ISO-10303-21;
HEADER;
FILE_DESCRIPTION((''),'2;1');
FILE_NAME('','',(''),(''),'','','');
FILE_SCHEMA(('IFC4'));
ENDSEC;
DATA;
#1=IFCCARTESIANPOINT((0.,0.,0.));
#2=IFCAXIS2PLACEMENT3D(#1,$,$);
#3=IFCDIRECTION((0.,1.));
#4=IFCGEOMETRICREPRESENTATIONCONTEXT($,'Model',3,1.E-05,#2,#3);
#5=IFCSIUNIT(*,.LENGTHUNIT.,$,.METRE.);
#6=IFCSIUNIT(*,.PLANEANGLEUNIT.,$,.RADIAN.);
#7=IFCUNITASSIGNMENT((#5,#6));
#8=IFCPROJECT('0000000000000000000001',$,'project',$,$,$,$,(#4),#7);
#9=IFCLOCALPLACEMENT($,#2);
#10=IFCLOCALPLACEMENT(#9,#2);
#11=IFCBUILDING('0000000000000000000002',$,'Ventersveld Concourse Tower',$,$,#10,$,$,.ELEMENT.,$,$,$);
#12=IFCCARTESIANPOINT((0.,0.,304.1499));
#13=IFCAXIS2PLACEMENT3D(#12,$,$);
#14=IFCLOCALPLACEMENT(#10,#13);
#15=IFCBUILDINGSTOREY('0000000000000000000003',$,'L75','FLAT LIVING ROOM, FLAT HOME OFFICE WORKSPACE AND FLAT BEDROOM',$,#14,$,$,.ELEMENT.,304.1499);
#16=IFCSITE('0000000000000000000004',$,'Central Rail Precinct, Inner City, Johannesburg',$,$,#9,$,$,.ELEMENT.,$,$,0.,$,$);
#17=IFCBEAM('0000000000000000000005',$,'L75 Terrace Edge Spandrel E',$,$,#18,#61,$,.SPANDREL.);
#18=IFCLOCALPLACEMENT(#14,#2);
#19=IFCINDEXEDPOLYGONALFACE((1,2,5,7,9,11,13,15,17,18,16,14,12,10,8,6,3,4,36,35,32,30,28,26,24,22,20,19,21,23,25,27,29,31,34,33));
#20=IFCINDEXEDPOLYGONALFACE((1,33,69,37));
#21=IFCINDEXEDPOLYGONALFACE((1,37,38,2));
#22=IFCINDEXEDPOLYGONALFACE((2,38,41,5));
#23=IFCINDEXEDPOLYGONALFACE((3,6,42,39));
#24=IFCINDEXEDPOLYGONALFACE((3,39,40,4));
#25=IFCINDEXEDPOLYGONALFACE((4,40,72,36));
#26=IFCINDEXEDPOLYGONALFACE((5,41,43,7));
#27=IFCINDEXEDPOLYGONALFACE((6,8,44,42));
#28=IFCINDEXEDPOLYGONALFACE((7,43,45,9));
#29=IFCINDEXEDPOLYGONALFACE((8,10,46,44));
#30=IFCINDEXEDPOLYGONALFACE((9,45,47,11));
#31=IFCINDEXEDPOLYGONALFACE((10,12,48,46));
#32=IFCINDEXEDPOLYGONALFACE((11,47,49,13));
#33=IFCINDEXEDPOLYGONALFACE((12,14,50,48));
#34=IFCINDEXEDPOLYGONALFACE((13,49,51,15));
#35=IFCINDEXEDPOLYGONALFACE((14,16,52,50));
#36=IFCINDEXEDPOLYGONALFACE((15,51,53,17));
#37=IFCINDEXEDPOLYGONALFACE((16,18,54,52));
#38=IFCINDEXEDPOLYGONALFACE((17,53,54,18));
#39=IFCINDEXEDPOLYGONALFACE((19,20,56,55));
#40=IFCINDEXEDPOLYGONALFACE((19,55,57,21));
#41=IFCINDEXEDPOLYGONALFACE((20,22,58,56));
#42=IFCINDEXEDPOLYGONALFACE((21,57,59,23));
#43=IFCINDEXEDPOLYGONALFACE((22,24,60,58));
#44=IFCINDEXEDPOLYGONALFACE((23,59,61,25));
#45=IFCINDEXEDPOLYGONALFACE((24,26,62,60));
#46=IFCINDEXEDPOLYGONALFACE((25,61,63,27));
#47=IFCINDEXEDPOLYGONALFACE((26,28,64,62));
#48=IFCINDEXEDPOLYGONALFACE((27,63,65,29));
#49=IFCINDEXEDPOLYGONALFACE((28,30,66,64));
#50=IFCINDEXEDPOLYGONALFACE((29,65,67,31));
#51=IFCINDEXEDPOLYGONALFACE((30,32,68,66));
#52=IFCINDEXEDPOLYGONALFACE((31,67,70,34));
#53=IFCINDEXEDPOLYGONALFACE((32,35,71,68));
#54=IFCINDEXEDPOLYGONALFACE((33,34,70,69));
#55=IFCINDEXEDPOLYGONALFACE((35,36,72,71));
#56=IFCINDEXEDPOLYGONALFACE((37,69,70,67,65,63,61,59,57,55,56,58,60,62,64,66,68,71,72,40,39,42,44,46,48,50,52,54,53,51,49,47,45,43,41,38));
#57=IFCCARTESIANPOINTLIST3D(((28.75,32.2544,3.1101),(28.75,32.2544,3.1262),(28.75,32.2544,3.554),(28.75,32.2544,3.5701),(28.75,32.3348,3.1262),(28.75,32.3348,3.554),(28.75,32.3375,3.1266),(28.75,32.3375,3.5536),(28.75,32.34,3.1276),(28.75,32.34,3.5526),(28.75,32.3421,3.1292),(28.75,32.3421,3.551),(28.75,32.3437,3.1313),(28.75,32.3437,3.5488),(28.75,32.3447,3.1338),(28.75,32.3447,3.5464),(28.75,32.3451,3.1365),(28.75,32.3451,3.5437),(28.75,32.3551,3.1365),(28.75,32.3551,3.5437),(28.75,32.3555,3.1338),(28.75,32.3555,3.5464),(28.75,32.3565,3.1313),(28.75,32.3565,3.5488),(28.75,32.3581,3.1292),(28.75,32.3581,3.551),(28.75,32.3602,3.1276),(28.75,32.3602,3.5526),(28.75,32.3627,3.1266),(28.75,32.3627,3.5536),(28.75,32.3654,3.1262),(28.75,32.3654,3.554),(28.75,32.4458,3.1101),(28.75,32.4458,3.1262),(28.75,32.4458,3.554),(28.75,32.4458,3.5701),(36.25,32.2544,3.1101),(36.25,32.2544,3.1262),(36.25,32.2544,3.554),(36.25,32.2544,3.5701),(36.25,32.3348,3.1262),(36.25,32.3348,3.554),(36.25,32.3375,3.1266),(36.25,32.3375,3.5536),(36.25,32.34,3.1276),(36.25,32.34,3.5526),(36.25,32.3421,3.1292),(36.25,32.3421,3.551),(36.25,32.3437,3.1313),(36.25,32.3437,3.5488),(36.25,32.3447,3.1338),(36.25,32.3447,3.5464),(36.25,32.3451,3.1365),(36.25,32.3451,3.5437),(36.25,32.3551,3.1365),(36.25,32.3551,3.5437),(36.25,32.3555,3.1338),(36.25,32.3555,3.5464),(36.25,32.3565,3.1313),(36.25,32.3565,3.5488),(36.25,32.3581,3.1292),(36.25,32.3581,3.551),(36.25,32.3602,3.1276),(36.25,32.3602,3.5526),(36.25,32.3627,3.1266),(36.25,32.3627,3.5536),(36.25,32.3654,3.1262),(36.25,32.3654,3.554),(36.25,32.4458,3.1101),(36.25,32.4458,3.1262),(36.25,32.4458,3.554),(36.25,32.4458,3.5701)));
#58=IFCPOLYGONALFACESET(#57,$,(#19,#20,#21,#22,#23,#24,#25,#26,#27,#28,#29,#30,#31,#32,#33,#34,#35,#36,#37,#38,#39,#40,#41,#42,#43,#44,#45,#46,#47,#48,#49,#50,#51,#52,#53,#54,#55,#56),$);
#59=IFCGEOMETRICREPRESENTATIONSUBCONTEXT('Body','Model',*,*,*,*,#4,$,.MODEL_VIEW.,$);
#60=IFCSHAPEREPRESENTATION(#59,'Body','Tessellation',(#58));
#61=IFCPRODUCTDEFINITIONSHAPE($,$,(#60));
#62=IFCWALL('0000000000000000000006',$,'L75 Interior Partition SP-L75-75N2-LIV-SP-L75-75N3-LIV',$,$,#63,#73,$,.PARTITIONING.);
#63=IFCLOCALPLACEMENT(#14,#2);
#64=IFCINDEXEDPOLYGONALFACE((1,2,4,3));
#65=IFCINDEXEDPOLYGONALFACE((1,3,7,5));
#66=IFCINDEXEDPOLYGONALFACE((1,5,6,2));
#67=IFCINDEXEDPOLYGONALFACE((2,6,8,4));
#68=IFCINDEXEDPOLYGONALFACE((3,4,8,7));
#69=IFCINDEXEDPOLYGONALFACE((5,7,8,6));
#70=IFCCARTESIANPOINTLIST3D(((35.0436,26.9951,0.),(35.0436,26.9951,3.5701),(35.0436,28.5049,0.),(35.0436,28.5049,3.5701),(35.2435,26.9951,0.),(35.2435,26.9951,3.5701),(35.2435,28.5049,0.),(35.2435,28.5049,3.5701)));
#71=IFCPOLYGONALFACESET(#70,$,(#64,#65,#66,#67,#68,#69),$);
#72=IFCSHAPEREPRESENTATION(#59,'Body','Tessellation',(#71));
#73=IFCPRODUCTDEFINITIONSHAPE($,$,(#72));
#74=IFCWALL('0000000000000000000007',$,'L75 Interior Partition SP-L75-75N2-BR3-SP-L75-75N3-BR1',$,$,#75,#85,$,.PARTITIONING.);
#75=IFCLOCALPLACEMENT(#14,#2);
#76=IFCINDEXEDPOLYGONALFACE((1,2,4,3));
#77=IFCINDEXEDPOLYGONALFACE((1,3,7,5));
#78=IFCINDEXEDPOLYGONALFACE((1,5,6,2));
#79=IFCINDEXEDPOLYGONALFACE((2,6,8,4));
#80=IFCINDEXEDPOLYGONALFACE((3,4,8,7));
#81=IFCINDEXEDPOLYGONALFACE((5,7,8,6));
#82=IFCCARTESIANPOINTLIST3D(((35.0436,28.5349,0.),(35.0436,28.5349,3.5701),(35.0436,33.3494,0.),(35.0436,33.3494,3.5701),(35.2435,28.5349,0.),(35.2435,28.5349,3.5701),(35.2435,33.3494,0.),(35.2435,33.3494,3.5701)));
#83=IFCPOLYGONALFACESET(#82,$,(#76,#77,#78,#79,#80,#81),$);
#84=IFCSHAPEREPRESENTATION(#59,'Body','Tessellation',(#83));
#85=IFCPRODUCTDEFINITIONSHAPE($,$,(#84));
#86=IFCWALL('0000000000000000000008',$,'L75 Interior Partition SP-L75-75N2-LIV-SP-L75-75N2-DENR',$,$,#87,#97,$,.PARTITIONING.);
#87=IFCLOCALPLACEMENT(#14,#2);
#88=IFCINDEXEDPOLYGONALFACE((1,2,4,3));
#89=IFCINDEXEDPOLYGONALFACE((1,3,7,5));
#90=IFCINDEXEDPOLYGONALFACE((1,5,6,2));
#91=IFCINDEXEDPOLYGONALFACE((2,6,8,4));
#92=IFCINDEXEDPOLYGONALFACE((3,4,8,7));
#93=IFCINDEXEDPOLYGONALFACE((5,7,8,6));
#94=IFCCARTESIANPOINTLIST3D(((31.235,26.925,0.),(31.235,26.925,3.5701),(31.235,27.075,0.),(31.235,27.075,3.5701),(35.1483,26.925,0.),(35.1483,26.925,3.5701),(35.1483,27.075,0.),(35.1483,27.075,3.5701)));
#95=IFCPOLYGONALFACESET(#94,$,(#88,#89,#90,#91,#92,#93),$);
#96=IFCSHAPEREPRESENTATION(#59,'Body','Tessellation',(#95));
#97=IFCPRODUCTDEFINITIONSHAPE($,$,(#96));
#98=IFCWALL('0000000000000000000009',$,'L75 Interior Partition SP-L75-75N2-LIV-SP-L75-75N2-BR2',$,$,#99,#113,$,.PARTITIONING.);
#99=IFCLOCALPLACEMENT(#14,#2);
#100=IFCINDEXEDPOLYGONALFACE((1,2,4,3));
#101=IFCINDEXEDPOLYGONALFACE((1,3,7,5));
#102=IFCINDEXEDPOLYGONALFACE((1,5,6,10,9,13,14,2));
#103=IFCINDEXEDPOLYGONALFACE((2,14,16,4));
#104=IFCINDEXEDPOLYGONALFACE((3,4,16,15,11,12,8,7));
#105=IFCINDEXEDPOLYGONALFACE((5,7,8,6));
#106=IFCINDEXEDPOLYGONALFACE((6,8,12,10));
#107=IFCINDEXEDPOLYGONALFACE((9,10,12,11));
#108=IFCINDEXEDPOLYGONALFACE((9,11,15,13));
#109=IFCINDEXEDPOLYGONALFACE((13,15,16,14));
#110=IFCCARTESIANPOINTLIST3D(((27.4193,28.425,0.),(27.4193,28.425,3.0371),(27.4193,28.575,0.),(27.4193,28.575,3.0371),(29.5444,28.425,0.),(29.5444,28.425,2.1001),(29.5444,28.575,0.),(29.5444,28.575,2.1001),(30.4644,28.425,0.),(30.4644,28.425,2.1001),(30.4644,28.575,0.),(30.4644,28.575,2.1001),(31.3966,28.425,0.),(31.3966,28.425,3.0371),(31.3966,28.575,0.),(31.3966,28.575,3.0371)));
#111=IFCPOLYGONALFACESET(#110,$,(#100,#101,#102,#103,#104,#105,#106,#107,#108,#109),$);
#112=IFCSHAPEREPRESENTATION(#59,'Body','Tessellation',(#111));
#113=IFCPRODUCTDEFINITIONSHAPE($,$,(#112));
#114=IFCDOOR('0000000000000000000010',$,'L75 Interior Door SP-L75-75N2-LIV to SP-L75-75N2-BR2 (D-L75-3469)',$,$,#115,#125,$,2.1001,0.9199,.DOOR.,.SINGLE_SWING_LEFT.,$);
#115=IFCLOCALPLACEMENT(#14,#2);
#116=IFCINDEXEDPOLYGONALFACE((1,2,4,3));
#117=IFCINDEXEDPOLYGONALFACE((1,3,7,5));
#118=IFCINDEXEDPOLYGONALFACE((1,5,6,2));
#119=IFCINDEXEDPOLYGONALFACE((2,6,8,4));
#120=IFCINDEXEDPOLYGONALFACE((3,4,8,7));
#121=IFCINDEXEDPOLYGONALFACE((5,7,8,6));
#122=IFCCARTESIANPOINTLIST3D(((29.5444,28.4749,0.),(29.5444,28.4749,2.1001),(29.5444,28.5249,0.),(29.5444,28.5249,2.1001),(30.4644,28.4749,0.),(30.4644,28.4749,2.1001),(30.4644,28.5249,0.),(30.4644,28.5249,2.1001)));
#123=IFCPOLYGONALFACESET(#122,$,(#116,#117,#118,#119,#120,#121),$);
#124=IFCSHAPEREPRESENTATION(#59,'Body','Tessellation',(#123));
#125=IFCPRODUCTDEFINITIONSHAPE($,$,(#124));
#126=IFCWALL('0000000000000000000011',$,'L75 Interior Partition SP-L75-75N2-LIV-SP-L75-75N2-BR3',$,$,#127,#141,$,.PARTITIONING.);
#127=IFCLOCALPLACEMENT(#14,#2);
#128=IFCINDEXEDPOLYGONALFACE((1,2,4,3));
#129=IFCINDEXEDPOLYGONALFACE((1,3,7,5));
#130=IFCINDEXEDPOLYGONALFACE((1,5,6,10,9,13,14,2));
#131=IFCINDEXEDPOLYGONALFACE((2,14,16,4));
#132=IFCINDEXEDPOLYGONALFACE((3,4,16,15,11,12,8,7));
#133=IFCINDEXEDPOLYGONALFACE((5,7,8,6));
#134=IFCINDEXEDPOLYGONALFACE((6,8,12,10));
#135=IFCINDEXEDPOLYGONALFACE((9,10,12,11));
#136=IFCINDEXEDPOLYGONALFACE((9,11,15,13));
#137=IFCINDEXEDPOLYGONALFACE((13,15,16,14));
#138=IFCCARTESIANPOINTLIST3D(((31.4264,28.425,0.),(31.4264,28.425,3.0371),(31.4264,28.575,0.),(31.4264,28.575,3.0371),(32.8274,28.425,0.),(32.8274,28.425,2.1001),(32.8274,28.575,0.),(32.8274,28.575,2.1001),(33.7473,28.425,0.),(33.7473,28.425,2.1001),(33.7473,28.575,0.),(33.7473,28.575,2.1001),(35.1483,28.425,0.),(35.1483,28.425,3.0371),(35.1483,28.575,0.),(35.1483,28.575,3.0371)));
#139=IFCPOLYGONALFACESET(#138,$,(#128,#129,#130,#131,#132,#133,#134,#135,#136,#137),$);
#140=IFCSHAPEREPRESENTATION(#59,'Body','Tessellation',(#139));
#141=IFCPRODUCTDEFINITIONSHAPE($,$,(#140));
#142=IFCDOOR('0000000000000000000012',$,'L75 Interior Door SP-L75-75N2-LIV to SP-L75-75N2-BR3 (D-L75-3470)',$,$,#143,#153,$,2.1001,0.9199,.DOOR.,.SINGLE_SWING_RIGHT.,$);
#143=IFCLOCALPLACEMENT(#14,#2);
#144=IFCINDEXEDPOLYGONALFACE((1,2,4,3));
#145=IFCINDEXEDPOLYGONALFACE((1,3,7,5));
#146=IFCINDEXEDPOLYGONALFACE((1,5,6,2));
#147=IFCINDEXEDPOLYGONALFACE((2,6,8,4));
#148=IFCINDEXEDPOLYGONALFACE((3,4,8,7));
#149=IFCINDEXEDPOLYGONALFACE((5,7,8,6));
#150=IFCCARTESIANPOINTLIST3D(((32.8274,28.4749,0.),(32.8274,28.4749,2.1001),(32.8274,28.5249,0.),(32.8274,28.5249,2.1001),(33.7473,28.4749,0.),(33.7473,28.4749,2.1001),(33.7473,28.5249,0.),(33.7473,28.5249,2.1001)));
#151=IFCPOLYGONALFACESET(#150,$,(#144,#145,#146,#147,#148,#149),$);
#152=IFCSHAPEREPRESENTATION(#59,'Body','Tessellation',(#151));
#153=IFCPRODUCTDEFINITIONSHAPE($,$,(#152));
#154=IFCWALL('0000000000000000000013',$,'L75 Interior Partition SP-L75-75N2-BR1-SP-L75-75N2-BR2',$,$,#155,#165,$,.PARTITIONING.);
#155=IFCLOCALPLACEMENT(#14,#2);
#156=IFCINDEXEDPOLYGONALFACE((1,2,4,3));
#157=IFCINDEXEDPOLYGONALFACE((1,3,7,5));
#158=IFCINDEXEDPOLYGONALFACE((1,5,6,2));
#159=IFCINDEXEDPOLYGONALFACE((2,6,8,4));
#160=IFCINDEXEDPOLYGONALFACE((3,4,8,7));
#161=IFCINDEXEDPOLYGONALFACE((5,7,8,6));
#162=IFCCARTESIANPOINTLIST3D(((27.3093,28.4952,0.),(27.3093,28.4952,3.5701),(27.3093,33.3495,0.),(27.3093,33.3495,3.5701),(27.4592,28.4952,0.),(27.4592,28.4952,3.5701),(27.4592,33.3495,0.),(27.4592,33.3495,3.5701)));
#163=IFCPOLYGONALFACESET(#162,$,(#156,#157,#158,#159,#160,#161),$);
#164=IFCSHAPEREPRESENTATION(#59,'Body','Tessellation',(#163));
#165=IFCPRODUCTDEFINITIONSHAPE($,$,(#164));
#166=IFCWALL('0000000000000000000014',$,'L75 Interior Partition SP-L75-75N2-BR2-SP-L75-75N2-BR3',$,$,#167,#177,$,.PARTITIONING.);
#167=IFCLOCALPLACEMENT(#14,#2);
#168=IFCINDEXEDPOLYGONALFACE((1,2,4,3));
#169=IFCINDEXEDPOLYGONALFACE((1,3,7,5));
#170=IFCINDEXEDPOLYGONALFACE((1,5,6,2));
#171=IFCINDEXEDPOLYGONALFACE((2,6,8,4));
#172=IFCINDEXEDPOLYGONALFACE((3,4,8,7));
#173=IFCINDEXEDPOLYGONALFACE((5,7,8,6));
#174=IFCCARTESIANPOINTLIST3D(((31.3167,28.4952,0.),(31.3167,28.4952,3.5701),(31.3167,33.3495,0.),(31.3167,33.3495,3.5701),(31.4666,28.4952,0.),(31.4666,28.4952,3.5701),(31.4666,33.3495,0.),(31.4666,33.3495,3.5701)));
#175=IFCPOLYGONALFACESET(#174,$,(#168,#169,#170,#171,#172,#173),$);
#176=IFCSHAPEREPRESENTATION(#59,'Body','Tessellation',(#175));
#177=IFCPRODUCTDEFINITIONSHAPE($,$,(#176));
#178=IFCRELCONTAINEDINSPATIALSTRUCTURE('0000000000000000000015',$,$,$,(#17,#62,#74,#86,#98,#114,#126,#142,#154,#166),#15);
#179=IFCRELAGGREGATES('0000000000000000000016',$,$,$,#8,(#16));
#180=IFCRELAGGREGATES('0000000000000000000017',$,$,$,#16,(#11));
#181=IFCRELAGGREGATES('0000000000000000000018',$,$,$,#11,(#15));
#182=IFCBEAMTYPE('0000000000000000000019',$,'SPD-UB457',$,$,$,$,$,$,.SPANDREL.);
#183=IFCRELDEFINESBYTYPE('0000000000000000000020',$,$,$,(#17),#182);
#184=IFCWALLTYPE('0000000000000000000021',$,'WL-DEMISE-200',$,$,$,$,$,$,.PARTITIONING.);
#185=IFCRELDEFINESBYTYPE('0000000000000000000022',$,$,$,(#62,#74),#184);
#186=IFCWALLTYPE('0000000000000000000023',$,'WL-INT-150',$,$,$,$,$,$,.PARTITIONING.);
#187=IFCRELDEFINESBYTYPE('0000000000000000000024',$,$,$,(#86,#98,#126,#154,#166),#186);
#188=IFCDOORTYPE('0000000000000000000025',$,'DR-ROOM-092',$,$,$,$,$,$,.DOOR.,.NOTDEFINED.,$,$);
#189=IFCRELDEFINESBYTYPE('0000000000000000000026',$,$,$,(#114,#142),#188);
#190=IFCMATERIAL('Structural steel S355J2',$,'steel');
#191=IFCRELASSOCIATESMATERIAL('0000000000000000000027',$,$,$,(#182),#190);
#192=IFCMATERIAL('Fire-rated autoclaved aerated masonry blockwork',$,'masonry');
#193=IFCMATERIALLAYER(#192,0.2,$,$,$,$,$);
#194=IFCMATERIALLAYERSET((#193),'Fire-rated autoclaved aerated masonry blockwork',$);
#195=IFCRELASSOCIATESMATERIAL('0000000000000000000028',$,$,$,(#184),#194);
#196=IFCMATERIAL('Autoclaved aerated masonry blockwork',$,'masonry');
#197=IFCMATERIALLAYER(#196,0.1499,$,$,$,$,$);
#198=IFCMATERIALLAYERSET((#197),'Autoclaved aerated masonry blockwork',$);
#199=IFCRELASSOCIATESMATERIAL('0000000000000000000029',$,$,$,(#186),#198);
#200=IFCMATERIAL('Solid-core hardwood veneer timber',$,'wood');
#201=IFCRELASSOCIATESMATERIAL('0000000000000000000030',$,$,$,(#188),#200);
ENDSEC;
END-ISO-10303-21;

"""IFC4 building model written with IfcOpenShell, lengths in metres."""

from ifc_helpers import new_model, si_unit, direction, frame, frame_2d, origin, origin_2d, place, context, subcontext, project, spatial, rectangle, i_section, extrude, material, layer, layer_set, material_profile, profile_set, type_object, element, fill, save


model = new_model("IFC4")

# Units and contexts
model_context = context("Model", 3, precision=1e-05, world=origin(), true_north=direction((0.0, 1.0)))
body_context = subcontext(model_context, "Body", "Model", "MODEL_VIEW")
ifc_project = project(units=[si_unit("LENGTHUNIT", "METRE"), si_unit("PLANEANGLEUNIT", "RADIAN")], contexts=[model_context])

# Site, building, storey
site_placement = place(None, origin())
site = spatial("IfcSite", under=ifc_project, at=site_placement, Name="Central Rail Precinct, Inner City, Johannesburg", CompositionType="ELEMENT", RefElevation=0.0)
building_placement = place(site_placement, origin())
building = spatial("IfcBuilding", under=site, at=building_placement, Name="Ventersveld Concourse Tower", CompositionType="ELEMENT")
storey_placement = place(building_placement, frame((0.0, 0.0, 304.1499)))
storey = spatial("IfcBuildingStorey", under=building, at=storey_placement, Name="L75", Description="FLAT LIVING ROOM, FLAT HOME OFFICE WORKSPACE AND FLAT BEDROOM", CompositionType="ELEMENT", Elevation=304.1499)

# Beam
ifc_material_1 = material(Name="Structural steel S355J2", Category="steel")
ifc_material_profile_1 = material_profile(ifc_material_1, i_section(OverallWidth=0.1914, OverallDepth=0.46, WebThickness=0.01, FlangeThickness=0.0161, FilletRadius=0.0103, at=origin_2d()), Name="UB 457x191x82")
ifc_profile_set_1 = profile_set([ifc_material_profile_1], Name="Structural steel S355J2")
beam_type_1 = type_object("IfcBeamType", Name="SPD-UB457", PredefinedType="SPANDREL", material=ifc_profile_set_1)
beam_1_placement = place(storey_placement, frame((28.75, 32.3501, 3.3401), z_axis=(1.0, 0.0, 0.0), x_axis=(0.0, 1.0, 0.0)))
element("IfcBeam", 1, at=beam_1_placement, inside=storey, type_object=beam_type_1, Name="L75 Terrace Edge Spandrel E", PredefinedType="SPANDREL", context=body_context, shape_type="SweptSolid", body=[
    extrude(i_section(OverallWidth=0.1914, OverallDepth=0.46, WebThickness=0.01, FlangeThickness=0.0161, FilletRadius=0.0103, at=origin_2d()), origin(), (0.0, 0.0, 1.0), 7.5),
])

# Walls
ifc_material_2 = material(Name="Fire-rated autoclaved aerated masonry blockwork", Category="masonry")
ifc_layer_1 = layer(ifc_material_2, 0.2)
ifc_layer_set_1 = layer_set([ifc_layer_1], Name="Fire-rated autoclaved aerated masonry blockwork")
wall_type_1 = type_object("IfcWallType", Name="WL-DEMISE-200", PredefinedType="PARTITIONING", material=ifc_layer_set_1)
wall_1_placement = place(storey_placement, frame((35.1436, 26.9951, 0.0), z_axis=(0.0, 0.0, 1.0), x_axis=(0.0, 1.0, 0.0)))
element("IfcWall", 2, at=wall_1_placement, inside=storey, type_object=wall_type_1, Name="L75 Interior Partition SP-L75-75N2-LIV-SP-L75-75N3-LIV", PredefinedType="PARTITIONING", context=body_context, shape_type="SweptSolid", body=[
    extrude(rectangle(XDim=1.5098, YDim=0.2, at=frame_2d((0.7549, 0.0))), origin(), (0.0, 0.0, 1.0), 3.5701),
])
wall_2_placement = place(storey_placement, frame((35.1436, 28.5349, 0.0), z_axis=(0.0, 0.0, 1.0), x_axis=(0.0, 1.0, 0.0)))
element("IfcWall", 3, at=wall_2_placement, inside=storey, type_object=wall_type_1, Name="L75 Interior Partition SP-L75-75N2-BR3-SP-L75-75N3-BR1", PredefinedType="PARTITIONING", context=body_context, shape_type="SweptSolid", body=[
    extrude(rectangle(XDim=4.8145, YDim=0.2, at=frame_2d((2.4072, 0.0))), origin(), (0.0, 0.0, 1.0), 3.5701),
])
ifc_material_3 = material(Name="Autoclaved aerated masonry blockwork", Category="masonry")
ifc_layer_2 = layer(ifc_material_3, 0.1499)
ifc_layer_set_2 = layer_set([ifc_layer_2], Name="Autoclaved aerated masonry blockwork")
wall_type_2 = type_object("IfcWallType", Name="WL-INT-150", PredefinedType="PARTITIONING", material=ifc_layer_set_2)
wall_3_placement = place(storey_placement, frame((31.2351, 27.0, 0.0), z_axis=(0.0, 0.0, 1.0), x_axis=(1.0, 0.0, 0.0)))
element("IfcWall", 4, at=wall_3_placement, inside=storey, type_object=wall_type_2, Name="L75 Interior Partition SP-L75-75N2-LIV-SP-L75-75N2-DENR", PredefinedType="PARTITIONING", context=body_context, shape_type="SweptSolid", body=[
    extrude(rectangle(XDim=3.9133, YDim=0.1499, at=frame_2d((1.9565, 0.0))), origin(), (0.0, 0.0, 1.0), 3.5701),
])

# Walls, openings, doors
wall_4_placement = place(storey_placement, frame((27.4192, 28.5, 0.0), z_axis=(0.0, 0.0, 1.0), x_axis=(1.0, 0.0, 0.0)))
wall_4 = element("IfcWall", 5, at=wall_4_placement, inside=storey, type_object=wall_type_2, Name="L75 Interior Partition SP-L75-75N2-LIV-SP-L75-75N2-BR2", PredefinedType="PARTITIONING", context=body_context, shape_type="SweptSolid", body=[
    extrude(rectangle(XDim=3.9773, YDim=0.1499, at=frame_2d((1.9888, 0.0))), origin(), (0.0, 0.0, 1.0), 3.0371),
])
opening_1_placement = place(wall_4_placement, frame((2.1252, 0.0, 0.0)))
opening_1 = element("IfcOpeningElement", 6, at=opening_1_placement, cuts=wall_4, PredefinedType="OPENING", context=body_context, shape_type="SweptSolid", body=[
    extrude(rectangle(XDim=0.9199, YDim=2.1001, at=frame_2d((0.46, 1.05))), frame((0.0, 0.085, 0.0), z_axis=(0.0, -1.0, 0.0), x_axis=(1.0, 0.0, 0.0)), (0.0, 0.0, 1.0), 0.1699),
])
ifc_material_4 = material(Name="Solid-core hardwood veneer timber", Category="wood")
door_type = type_object("IfcDoorType", Name="DR-ROOM-092", OperationType="NOTDEFINED", PredefinedType="DOOR", material=ifc_material_4)
door_1_placement = place(opening_1_placement, origin())
door_1 = element("IfcDoor", 7, at=door_1_placement, inside=storey, type_object=door_type, Name="L75 Interior Door SP-L75-75N2-LIV to SP-L75-75N2-BR2 (D-L75-3469)", OperationType="SINGLE_SWING_LEFT", OverallHeight=2.1001, OverallWidth=0.9199, PredefinedType="DOOR", context=body_context, shape_type="SweptSolid", body=[
    extrude(rectangle(XDim=0.9199, YDim=2.1001, at=frame_2d((0.46, 1.05))), frame((0.0, 0.0249, 0.0), z_axis=(0.0, -1.0, 0.0), x_axis=(1.0, 0.0, 0.0)), (0.0, 0.0, 1.0), 0.05),
])
fill(opening_1, door_1)
wall_5_placement = place(storey_placement, frame((31.4265, 28.5, 0.0), z_axis=(0.0, 0.0, 1.0), x_axis=(1.0, 0.0, 0.0)))
wall_5 = element("IfcWall", 8, at=wall_5_placement, inside=storey, type_object=wall_type_2, Name="L75 Interior Partition SP-L75-75N2-LIV-SP-L75-75N2-BR3", PredefinedType="PARTITIONING", context=body_context, shape_type="SweptSolid", body=[
    extrude(rectangle(XDim=3.7219, YDim=0.1499, at=frame_2d((1.8608, 0.0))), origin(), (0.0, 0.0, 1.0), 3.0371),
])
opening_2_placement = place(wall_5_placement, frame((1.4009, 0.0, 0.0)))
opening_2 = element("IfcOpeningElement", 9, at=opening_2_placement, cuts=wall_5, PredefinedType="OPENING", context=body_context, shape_type="SweptSolid", body=[
    extrude(rectangle(XDim=0.9199, YDim=2.1001, at=frame_2d((0.46, 1.05))), frame((0.0, 0.085, 0.0), z_axis=(0.0, -1.0, 0.0), x_axis=(1.0, 0.0, 0.0)), (0.0, 0.0, 1.0), 0.1699),
])
door_2_placement = place(opening_2_placement, origin())
door_2 = element("IfcDoor", 10, at=door_2_placement, inside=storey, type_object=door_type, Name="L75 Interior Door SP-L75-75N2-LIV to SP-L75-75N2-BR3 (D-L75-3470)", OperationType="SINGLE_SWING_RIGHT", OverallHeight=2.1001, OverallWidth=0.9199, PredefinedType="DOOR", context=body_context, shape_type="SweptSolid", body=[
    extrude(rectangle(XDim=0.9199, YDim=2.1001, at=frame_2d((0.46, 1.05))), frame((0.0, 0.0249, 0.0), z_axis=(0.0, -1.0, 0.0), x_axis=(1.0, 0.0, 0.0)), (0.0, 0.0, 1.0), 0.05),
])
fill(opening_2, door_2)

# Walls
for number, where, z_axis, x_axis, name in (
    (11, (27.3843, 28.4951, 0.0), (0.0, 0.0, 1.0), (0.0, 1.0, 0.0), "L75 Interior Partition SP-L75-75N2-BR1-SP-L75-75N2-BR2"),
    (12, (31.3916, 28.4951, 0.0), (0.0, 0.0, 1.0), (0.0, 1.0, 0.0), "L75 Interior Partition SP-L75-75N2-BR2-SP-L75-75N2-BR3"),
):
    element("IfcWall", number, at=place(storey_placement, frame(where, z_axis=z_axis, x_axis=x_axis)), inside=storey, type_object=wall_type_2, Name=name, PredefinedType="PARTITIONING", context=body_context, shape_type="SweptSolid", body=[
        extrude(rectangle(XDim=4.8542, YDim=0.1499, at=frame_2d((2.4272, 0.0))), origin(), (0.0, 0.0, 1.0), 3.5701),
    ])

save(model, "model.ifc")
